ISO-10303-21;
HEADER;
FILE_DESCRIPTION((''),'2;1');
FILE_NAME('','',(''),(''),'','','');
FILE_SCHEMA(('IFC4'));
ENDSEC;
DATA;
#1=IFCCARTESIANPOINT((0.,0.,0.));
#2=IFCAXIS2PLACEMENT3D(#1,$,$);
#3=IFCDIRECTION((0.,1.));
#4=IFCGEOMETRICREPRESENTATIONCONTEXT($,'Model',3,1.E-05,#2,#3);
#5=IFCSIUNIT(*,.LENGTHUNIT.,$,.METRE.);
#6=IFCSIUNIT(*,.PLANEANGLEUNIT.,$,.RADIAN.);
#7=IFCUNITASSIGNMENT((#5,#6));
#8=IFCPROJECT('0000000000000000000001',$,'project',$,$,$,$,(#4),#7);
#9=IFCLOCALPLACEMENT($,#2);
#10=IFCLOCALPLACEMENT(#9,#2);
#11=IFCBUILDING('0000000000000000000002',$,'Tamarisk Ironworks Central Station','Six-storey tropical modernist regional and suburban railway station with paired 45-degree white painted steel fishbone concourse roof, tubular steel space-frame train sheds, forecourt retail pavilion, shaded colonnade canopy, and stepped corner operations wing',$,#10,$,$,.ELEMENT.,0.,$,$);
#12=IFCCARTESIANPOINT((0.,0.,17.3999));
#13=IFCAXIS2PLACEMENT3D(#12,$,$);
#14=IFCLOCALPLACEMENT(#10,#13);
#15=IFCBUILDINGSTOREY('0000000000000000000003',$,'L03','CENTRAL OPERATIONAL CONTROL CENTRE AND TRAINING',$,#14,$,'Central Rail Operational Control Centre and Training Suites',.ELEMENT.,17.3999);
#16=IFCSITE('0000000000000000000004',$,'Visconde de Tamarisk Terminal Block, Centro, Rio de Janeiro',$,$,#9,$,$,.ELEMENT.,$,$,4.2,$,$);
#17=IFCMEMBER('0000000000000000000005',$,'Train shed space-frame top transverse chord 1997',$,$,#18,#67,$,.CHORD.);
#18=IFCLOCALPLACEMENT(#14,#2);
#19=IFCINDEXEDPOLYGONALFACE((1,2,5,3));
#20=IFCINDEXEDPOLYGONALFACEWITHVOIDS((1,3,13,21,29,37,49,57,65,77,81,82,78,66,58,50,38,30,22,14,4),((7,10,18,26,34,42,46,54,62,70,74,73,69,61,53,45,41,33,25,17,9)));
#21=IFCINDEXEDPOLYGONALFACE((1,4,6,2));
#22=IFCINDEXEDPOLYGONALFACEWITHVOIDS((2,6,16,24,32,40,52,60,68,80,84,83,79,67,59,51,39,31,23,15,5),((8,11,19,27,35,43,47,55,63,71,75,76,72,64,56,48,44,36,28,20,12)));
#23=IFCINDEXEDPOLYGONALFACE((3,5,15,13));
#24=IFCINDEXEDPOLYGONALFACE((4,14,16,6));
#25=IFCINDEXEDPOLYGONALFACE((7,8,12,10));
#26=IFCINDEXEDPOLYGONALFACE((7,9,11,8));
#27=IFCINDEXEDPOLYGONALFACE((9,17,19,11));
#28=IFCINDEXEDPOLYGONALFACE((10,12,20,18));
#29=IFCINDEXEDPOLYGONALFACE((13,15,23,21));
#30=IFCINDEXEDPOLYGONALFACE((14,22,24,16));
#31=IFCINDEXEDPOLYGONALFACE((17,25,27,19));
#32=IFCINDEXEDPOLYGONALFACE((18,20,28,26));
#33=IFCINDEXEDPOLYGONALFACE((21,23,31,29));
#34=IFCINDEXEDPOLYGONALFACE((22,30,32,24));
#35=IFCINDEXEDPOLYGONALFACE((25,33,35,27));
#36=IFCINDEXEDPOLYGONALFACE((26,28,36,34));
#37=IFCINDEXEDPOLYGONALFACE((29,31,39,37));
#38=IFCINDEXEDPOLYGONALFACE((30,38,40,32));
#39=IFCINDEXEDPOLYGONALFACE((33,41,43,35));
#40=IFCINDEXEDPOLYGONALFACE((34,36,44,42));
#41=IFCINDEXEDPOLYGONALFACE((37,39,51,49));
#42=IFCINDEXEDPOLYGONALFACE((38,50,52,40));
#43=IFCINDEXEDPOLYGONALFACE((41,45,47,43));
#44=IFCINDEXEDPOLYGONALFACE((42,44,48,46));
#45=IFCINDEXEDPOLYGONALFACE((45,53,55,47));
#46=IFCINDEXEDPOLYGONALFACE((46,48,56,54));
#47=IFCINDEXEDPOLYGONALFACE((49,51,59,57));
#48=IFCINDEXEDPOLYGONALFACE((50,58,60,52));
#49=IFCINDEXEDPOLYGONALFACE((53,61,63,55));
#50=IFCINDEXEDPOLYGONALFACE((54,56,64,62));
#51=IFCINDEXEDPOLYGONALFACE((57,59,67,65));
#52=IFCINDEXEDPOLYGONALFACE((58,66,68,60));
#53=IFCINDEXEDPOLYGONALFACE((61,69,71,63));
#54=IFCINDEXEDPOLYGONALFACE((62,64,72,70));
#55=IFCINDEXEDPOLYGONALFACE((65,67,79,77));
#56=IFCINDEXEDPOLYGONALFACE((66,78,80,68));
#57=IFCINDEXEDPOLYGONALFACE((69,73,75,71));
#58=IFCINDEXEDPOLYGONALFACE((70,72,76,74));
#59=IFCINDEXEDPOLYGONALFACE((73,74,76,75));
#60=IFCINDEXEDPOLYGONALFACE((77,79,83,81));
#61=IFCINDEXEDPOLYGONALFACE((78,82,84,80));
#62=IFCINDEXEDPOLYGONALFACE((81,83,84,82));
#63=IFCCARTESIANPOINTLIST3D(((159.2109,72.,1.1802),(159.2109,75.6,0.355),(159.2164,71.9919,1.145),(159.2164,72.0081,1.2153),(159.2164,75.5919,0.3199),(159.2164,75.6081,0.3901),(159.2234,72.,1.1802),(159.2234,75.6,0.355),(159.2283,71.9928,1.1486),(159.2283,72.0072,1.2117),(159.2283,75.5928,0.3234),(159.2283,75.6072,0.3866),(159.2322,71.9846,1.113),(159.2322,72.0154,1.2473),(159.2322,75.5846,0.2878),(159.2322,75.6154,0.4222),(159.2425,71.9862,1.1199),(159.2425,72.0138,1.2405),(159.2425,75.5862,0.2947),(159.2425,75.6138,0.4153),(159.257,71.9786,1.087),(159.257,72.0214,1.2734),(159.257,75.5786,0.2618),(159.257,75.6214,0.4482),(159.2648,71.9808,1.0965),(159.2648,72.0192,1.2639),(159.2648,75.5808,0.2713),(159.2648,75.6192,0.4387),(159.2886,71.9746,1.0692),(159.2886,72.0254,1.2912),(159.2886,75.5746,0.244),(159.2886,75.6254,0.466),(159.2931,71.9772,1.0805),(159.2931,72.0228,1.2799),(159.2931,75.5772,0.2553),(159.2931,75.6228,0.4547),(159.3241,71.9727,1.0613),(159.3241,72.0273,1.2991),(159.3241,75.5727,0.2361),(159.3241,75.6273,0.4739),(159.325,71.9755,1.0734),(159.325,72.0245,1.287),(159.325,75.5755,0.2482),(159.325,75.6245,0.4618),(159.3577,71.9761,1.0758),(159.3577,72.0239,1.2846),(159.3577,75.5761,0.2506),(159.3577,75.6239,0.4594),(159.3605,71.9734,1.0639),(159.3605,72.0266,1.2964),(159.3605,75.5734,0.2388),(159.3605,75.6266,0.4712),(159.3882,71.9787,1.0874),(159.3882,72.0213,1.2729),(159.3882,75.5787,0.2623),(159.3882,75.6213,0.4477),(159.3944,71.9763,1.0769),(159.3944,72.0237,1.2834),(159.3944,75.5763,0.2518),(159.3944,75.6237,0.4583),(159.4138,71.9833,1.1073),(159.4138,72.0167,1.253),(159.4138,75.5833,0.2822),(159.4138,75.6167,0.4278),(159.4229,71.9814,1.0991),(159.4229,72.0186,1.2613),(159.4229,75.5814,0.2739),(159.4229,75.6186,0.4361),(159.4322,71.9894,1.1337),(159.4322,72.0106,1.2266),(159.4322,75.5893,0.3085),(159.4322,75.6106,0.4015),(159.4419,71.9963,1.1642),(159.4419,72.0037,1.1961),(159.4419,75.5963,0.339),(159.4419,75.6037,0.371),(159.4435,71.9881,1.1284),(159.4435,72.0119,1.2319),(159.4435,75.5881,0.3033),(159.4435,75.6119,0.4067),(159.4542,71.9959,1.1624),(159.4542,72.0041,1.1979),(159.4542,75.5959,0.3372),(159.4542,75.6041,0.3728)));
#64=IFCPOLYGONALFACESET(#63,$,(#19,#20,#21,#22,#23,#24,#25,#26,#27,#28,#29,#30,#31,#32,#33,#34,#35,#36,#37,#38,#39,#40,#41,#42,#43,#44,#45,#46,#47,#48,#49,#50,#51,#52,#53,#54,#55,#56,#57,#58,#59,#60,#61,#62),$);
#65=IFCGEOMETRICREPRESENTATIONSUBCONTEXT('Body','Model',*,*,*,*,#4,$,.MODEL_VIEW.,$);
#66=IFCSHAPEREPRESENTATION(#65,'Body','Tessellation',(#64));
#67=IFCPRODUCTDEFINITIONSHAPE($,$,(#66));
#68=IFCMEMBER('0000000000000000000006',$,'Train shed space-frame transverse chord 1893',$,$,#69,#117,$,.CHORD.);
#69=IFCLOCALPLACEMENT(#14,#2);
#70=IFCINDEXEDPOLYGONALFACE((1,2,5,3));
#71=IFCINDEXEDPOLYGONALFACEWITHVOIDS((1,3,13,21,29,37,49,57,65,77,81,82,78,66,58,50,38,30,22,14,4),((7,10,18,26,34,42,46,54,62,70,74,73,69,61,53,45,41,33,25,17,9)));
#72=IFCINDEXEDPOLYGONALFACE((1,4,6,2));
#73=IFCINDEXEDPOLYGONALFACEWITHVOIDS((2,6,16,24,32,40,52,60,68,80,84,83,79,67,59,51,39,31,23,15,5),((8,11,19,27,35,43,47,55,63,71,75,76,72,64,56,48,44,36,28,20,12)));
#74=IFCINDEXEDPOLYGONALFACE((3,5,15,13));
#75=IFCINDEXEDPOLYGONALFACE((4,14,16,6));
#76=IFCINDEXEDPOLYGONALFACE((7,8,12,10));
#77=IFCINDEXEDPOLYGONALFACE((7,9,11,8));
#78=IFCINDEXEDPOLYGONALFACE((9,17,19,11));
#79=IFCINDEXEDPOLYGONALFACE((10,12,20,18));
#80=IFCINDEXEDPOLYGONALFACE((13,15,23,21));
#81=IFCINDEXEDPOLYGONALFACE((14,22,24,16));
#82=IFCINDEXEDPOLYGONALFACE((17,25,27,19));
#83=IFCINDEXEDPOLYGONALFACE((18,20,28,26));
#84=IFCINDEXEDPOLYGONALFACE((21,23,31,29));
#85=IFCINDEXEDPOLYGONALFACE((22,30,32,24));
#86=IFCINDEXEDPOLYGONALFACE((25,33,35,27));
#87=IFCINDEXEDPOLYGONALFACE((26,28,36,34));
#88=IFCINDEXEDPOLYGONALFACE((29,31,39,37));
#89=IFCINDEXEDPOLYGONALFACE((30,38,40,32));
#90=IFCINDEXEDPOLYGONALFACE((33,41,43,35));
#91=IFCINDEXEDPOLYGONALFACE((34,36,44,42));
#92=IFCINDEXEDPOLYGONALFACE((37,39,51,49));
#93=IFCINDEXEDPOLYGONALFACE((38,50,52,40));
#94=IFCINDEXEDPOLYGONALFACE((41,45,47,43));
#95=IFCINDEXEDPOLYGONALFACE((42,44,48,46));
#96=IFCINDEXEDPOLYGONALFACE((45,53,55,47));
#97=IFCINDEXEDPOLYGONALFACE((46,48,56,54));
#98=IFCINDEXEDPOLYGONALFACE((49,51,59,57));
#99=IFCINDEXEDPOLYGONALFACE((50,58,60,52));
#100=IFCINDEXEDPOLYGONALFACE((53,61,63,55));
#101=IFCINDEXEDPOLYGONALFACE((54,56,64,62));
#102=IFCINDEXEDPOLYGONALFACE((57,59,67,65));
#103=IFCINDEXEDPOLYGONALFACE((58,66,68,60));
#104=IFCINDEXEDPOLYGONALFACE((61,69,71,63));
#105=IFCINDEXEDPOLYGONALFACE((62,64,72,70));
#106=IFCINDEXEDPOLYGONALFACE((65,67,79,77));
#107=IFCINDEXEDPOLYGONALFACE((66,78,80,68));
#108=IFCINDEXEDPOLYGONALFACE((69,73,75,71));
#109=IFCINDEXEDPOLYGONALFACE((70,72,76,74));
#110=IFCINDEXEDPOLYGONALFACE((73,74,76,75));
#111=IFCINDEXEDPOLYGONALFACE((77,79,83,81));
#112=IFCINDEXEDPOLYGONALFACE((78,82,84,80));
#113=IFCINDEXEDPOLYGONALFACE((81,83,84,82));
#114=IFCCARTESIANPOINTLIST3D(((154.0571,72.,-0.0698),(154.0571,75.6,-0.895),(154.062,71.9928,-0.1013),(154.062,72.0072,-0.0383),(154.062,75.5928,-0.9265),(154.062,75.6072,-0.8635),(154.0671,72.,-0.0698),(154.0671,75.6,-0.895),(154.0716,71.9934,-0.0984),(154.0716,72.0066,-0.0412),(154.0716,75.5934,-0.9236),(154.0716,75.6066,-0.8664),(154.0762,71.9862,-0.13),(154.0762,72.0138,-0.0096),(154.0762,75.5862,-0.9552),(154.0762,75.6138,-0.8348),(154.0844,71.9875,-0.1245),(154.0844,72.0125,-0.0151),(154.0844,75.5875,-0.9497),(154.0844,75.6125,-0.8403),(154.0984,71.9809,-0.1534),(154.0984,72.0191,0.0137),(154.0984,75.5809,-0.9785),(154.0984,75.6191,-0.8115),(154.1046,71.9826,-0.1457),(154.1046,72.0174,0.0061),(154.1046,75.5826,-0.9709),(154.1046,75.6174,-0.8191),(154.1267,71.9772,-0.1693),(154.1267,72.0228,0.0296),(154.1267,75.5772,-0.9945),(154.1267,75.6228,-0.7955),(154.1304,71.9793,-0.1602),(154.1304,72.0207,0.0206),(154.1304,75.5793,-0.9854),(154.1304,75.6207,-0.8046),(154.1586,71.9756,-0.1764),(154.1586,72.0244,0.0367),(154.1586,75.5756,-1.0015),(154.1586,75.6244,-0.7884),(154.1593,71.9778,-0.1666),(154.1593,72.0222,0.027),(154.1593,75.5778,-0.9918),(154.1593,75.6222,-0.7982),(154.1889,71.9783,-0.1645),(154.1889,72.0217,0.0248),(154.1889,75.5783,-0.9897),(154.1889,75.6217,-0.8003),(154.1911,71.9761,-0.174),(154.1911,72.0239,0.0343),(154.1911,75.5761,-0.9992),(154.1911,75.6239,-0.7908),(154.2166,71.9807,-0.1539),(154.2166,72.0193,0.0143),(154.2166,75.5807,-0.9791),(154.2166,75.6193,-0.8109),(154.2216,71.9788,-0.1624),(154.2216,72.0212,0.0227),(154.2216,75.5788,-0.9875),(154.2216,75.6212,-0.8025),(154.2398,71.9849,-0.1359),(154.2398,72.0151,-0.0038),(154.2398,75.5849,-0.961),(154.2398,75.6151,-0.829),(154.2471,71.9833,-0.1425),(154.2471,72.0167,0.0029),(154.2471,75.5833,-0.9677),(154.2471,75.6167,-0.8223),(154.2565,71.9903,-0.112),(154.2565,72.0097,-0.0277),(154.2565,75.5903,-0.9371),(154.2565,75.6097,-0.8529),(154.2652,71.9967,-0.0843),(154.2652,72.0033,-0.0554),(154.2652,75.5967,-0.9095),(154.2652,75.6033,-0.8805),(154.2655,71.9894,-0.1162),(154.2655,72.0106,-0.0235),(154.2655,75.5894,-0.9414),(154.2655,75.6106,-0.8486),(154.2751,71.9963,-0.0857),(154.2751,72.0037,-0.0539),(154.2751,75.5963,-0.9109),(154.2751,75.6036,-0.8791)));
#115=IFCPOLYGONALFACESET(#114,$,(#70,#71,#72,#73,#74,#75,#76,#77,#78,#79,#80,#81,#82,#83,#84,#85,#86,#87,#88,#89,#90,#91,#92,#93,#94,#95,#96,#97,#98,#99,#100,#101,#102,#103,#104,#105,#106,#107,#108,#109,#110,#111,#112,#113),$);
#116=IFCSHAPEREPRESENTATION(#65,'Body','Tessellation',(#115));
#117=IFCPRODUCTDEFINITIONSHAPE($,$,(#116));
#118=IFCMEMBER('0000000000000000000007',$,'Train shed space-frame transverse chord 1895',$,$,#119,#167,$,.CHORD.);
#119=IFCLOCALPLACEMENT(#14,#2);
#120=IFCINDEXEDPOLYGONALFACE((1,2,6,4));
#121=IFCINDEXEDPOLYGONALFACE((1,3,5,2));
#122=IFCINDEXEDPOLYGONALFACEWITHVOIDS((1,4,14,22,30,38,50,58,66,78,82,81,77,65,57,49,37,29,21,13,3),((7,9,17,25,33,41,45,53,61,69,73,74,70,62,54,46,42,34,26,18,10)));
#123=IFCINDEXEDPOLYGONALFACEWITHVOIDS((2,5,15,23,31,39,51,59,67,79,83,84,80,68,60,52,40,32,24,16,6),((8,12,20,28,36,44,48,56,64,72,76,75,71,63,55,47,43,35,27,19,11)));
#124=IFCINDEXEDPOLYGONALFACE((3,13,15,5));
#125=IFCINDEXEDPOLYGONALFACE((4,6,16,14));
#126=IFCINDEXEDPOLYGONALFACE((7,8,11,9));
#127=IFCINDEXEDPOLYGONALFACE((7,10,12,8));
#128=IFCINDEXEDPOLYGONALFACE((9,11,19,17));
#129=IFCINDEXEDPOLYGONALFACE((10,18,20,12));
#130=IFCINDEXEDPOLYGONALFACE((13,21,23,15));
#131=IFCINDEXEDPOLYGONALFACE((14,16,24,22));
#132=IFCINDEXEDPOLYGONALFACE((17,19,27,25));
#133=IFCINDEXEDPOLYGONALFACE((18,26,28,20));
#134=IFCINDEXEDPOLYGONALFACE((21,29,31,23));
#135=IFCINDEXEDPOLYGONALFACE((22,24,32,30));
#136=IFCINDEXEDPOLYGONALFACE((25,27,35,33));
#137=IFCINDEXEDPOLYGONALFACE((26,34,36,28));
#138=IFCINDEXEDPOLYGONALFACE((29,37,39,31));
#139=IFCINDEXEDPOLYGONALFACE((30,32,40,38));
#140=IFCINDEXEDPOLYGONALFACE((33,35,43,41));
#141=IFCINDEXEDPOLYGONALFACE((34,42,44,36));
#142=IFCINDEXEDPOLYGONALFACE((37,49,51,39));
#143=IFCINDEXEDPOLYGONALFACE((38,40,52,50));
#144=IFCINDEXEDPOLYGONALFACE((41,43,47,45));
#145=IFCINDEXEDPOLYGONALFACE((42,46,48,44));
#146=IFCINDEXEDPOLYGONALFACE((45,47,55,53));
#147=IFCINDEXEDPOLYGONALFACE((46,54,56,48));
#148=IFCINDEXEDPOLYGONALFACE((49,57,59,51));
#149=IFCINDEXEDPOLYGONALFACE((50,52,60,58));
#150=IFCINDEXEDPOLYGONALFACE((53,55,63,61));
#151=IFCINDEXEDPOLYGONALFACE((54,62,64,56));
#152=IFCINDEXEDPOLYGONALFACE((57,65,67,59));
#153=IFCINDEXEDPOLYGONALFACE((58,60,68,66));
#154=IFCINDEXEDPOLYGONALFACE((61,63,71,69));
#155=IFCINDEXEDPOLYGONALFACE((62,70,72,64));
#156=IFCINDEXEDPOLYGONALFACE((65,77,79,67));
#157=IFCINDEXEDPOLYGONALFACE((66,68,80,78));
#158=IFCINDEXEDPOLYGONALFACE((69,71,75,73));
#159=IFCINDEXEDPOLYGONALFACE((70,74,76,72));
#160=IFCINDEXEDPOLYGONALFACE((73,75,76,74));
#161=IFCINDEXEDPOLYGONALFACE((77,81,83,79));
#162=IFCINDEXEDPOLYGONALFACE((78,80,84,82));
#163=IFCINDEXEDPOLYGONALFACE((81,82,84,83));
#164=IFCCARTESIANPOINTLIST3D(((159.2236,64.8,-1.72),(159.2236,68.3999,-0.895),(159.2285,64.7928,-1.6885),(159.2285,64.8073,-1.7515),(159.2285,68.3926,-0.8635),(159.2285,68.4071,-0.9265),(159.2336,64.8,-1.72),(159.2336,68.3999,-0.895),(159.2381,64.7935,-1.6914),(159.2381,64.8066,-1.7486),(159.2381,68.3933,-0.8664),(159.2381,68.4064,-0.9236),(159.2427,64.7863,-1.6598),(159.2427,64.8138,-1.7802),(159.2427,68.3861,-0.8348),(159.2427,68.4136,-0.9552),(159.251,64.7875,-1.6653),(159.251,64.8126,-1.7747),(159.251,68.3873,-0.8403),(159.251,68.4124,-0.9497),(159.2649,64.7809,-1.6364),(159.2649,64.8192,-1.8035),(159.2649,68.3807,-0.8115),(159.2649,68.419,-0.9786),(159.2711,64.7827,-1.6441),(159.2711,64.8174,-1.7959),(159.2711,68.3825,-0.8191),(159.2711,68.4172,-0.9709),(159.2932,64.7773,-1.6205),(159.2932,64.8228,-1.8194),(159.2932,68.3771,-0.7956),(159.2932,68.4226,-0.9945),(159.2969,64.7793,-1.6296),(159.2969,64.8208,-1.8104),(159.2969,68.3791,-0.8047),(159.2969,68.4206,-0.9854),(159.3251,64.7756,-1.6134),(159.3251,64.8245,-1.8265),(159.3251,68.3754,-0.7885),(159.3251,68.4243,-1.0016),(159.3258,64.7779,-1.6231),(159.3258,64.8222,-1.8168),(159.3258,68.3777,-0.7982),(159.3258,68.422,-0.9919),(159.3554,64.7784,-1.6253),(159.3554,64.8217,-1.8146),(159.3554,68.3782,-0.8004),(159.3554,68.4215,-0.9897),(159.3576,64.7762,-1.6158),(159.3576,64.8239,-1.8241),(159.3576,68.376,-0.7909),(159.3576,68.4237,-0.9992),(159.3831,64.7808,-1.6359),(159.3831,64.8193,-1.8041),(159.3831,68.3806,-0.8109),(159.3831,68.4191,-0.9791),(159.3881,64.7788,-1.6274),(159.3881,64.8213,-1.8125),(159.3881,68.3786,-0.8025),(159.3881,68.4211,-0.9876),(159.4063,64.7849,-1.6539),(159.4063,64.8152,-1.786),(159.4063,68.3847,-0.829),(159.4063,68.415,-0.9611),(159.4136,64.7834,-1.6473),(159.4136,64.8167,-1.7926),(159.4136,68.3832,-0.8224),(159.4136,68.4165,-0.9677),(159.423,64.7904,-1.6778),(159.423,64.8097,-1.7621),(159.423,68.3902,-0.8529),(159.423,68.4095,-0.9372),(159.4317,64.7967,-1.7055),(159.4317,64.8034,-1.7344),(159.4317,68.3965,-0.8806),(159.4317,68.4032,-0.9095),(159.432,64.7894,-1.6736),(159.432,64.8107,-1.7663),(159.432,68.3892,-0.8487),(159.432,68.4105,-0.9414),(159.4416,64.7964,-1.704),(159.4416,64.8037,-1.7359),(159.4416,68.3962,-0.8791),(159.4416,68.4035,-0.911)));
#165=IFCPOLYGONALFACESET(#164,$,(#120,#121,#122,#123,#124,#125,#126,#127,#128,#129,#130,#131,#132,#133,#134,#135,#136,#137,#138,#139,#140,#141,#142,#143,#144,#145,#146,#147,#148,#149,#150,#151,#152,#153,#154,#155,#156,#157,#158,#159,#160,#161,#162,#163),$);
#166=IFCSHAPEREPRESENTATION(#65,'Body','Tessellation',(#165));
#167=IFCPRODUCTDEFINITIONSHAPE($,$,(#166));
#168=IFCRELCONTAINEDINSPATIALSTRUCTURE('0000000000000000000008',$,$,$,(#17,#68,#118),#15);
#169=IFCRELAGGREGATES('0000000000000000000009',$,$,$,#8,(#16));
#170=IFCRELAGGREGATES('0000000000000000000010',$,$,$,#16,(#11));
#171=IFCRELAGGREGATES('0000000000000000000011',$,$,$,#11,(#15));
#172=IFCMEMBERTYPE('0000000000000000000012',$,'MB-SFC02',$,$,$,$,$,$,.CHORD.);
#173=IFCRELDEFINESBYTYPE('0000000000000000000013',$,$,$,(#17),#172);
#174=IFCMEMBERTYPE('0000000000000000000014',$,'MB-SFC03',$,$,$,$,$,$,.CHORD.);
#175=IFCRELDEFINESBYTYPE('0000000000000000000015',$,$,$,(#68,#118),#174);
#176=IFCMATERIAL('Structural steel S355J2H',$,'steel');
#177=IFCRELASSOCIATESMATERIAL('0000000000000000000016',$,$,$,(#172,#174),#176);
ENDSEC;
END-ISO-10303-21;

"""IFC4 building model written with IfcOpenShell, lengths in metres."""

from ifc_helpers import new_model, si_unit, direction, frame, origin, origin_2d, place, context, subcontext, project, spatial, hollow_circle, extrude, material, material_profile, profile_set, type_object, element, save


model = new_model("IFC4")

# Units and contexts
model_context = context("Model", 3, precision=1e-05, world=origin(), true_north=direction((0.0, 1.0)))
body_context = subcontext(model_context, "Body", "Model", "MODEL_VIEW")
ifc_project = project(units=[si_unit("LENGTHUNIT", "METRE"), si_unit("PLANEANGLEUNIT", "RADIAN")], contexts=[model_context])

# Site, building, storey
site_placement = place(None, origin())
site = spatial("IfcSite", under=ifc_project, at=site_placement, Name="Visconde de Tamarisk Terminal Block, Centro, Rio de Janeiro", CompositionType="ELEMENT", RefElevation=4.2)
building_placement = place(site_placement, origin())
building = spatial("IfcBuilding", under=site, at=building_placement, Name="Tamarisk Ironworks Central Station", Description="Six-storey tropical modernist regional and suburban railway station with paired 45-degree white painted steel fishbone concourse roof, tubular steel space-frame train sheds, forecourt retail pavilion, shaded colonnade canopy, and stepped corner operations wing", CompositionType="ELEMENT", ElevationOfRefHeight=0.0)
storey_placement = place(building_placement, frame((0.0, 0.0, 17.3999)))
storey = spatial("IfcBuildingStorey", under=building, at=storey_placement, Name="L03", Description="CENTRAL OPERATIONAL CONTROL CENTRE AND TRAINING", LongName="Central Rail Operational Control Centre and Training Suites", CompositionType="ELEMENT", Elevation=17.3999)

# Members
ifc_material = material(Name="Structural steel S355J2H", Category="steel")
ifc_material_profile_1 = material_profile(ifc_material, hollow_circle(Radius=0.1223, WallThickness=0.0125, at=origin_2d()), Name="CHS 244.5x12.5")
ifc_profile_set_1 = profile_set([ifc_material_profile_1], Name="Structural steel S355J2H")
member_type_1 = type_object("IfcMemberType", Name="MB-SFC02", PredefinedType="CHORD", material=ifc_profile_set_1)
for number, where, z_axis, x_axis, name in (
    (1, (159.3333, 72.0, 1.1802), (0.0, 0.974722, -0.223421), (-1.0, 0.0, 0.0), "Train shed space-frame top transverse chord 1997"),
):
    element("IfcMember", number, at=place(storey_placement, frame(where, z_axis=z_axis, x_axis=x_axis)), inside=storey, type_object=member_type_1, Name=name, PredefinedType="CHORD", context=body_context, shape_type="SweptSolid", body=[
        extrude(hollow_circle(Radius=0.1223, WallThickness=0.0125, at=origin_2d()), origin(), (0.0, 0.0, 1.0), 3.6934),
    ])
ifc_material_profile_2 = material_profile(ifc_material, hollow_circle(Radius=0.1096, WallThickness=0.01, at=origin_2d()), Name="CHS 219.1x10")
ifc_profile_set_2 = profile_set([ifc_material_profile_2], Name="Structural steel S355J2H")
member_type_2 = type_object("IfcMemberType", Name="MB-SFC03", PredefinedType="CHORD", material=ifc_profile_set_2)
member_1_placement = place(storey_placement, frame((154.1667, 72.0, -0.0698), z_axis=(0.0, 0.974722, -0.223421), x_axis=(-1.0, 0.0, 0.0)))
element("IfcMember", 2, at=member_1_placement, inside=storey, type_object=member_type_2, Name="Train shed space-frame transverse chord 1893", PredefinedType="CHORD", context=body_context, shape_type="SweptSolid", body=[
    extrude(hollow_circle(Radius=0.1096, WallThickness=0.01, at=origin_2d()), origin(), (0.0, 0.0, 1.0), 3.6934),
])
member_2_placement = place(storey_placement, frame((159.3333, 64.8, -1.72), z_axis=(0.0, 0.974733, 0.223372), x_axis=(-1.0, 0.0, 0.0)))
element("IfcMember", 3, at=member_2_placement, inside=storey, type_object=member_type_2, Name="Train shed space-frame transverse chord 1895", PredefinedType="CHORD", context=body_context, shape_type="SweptSolid", body=[
    extrude(hollow_circle(Radius=0.1096, WallThickness=0.01, at=origin_2d()), origin(), (0.0, 0.0, 1.0), 3.6931),
])

save(model, "model.ifc")
